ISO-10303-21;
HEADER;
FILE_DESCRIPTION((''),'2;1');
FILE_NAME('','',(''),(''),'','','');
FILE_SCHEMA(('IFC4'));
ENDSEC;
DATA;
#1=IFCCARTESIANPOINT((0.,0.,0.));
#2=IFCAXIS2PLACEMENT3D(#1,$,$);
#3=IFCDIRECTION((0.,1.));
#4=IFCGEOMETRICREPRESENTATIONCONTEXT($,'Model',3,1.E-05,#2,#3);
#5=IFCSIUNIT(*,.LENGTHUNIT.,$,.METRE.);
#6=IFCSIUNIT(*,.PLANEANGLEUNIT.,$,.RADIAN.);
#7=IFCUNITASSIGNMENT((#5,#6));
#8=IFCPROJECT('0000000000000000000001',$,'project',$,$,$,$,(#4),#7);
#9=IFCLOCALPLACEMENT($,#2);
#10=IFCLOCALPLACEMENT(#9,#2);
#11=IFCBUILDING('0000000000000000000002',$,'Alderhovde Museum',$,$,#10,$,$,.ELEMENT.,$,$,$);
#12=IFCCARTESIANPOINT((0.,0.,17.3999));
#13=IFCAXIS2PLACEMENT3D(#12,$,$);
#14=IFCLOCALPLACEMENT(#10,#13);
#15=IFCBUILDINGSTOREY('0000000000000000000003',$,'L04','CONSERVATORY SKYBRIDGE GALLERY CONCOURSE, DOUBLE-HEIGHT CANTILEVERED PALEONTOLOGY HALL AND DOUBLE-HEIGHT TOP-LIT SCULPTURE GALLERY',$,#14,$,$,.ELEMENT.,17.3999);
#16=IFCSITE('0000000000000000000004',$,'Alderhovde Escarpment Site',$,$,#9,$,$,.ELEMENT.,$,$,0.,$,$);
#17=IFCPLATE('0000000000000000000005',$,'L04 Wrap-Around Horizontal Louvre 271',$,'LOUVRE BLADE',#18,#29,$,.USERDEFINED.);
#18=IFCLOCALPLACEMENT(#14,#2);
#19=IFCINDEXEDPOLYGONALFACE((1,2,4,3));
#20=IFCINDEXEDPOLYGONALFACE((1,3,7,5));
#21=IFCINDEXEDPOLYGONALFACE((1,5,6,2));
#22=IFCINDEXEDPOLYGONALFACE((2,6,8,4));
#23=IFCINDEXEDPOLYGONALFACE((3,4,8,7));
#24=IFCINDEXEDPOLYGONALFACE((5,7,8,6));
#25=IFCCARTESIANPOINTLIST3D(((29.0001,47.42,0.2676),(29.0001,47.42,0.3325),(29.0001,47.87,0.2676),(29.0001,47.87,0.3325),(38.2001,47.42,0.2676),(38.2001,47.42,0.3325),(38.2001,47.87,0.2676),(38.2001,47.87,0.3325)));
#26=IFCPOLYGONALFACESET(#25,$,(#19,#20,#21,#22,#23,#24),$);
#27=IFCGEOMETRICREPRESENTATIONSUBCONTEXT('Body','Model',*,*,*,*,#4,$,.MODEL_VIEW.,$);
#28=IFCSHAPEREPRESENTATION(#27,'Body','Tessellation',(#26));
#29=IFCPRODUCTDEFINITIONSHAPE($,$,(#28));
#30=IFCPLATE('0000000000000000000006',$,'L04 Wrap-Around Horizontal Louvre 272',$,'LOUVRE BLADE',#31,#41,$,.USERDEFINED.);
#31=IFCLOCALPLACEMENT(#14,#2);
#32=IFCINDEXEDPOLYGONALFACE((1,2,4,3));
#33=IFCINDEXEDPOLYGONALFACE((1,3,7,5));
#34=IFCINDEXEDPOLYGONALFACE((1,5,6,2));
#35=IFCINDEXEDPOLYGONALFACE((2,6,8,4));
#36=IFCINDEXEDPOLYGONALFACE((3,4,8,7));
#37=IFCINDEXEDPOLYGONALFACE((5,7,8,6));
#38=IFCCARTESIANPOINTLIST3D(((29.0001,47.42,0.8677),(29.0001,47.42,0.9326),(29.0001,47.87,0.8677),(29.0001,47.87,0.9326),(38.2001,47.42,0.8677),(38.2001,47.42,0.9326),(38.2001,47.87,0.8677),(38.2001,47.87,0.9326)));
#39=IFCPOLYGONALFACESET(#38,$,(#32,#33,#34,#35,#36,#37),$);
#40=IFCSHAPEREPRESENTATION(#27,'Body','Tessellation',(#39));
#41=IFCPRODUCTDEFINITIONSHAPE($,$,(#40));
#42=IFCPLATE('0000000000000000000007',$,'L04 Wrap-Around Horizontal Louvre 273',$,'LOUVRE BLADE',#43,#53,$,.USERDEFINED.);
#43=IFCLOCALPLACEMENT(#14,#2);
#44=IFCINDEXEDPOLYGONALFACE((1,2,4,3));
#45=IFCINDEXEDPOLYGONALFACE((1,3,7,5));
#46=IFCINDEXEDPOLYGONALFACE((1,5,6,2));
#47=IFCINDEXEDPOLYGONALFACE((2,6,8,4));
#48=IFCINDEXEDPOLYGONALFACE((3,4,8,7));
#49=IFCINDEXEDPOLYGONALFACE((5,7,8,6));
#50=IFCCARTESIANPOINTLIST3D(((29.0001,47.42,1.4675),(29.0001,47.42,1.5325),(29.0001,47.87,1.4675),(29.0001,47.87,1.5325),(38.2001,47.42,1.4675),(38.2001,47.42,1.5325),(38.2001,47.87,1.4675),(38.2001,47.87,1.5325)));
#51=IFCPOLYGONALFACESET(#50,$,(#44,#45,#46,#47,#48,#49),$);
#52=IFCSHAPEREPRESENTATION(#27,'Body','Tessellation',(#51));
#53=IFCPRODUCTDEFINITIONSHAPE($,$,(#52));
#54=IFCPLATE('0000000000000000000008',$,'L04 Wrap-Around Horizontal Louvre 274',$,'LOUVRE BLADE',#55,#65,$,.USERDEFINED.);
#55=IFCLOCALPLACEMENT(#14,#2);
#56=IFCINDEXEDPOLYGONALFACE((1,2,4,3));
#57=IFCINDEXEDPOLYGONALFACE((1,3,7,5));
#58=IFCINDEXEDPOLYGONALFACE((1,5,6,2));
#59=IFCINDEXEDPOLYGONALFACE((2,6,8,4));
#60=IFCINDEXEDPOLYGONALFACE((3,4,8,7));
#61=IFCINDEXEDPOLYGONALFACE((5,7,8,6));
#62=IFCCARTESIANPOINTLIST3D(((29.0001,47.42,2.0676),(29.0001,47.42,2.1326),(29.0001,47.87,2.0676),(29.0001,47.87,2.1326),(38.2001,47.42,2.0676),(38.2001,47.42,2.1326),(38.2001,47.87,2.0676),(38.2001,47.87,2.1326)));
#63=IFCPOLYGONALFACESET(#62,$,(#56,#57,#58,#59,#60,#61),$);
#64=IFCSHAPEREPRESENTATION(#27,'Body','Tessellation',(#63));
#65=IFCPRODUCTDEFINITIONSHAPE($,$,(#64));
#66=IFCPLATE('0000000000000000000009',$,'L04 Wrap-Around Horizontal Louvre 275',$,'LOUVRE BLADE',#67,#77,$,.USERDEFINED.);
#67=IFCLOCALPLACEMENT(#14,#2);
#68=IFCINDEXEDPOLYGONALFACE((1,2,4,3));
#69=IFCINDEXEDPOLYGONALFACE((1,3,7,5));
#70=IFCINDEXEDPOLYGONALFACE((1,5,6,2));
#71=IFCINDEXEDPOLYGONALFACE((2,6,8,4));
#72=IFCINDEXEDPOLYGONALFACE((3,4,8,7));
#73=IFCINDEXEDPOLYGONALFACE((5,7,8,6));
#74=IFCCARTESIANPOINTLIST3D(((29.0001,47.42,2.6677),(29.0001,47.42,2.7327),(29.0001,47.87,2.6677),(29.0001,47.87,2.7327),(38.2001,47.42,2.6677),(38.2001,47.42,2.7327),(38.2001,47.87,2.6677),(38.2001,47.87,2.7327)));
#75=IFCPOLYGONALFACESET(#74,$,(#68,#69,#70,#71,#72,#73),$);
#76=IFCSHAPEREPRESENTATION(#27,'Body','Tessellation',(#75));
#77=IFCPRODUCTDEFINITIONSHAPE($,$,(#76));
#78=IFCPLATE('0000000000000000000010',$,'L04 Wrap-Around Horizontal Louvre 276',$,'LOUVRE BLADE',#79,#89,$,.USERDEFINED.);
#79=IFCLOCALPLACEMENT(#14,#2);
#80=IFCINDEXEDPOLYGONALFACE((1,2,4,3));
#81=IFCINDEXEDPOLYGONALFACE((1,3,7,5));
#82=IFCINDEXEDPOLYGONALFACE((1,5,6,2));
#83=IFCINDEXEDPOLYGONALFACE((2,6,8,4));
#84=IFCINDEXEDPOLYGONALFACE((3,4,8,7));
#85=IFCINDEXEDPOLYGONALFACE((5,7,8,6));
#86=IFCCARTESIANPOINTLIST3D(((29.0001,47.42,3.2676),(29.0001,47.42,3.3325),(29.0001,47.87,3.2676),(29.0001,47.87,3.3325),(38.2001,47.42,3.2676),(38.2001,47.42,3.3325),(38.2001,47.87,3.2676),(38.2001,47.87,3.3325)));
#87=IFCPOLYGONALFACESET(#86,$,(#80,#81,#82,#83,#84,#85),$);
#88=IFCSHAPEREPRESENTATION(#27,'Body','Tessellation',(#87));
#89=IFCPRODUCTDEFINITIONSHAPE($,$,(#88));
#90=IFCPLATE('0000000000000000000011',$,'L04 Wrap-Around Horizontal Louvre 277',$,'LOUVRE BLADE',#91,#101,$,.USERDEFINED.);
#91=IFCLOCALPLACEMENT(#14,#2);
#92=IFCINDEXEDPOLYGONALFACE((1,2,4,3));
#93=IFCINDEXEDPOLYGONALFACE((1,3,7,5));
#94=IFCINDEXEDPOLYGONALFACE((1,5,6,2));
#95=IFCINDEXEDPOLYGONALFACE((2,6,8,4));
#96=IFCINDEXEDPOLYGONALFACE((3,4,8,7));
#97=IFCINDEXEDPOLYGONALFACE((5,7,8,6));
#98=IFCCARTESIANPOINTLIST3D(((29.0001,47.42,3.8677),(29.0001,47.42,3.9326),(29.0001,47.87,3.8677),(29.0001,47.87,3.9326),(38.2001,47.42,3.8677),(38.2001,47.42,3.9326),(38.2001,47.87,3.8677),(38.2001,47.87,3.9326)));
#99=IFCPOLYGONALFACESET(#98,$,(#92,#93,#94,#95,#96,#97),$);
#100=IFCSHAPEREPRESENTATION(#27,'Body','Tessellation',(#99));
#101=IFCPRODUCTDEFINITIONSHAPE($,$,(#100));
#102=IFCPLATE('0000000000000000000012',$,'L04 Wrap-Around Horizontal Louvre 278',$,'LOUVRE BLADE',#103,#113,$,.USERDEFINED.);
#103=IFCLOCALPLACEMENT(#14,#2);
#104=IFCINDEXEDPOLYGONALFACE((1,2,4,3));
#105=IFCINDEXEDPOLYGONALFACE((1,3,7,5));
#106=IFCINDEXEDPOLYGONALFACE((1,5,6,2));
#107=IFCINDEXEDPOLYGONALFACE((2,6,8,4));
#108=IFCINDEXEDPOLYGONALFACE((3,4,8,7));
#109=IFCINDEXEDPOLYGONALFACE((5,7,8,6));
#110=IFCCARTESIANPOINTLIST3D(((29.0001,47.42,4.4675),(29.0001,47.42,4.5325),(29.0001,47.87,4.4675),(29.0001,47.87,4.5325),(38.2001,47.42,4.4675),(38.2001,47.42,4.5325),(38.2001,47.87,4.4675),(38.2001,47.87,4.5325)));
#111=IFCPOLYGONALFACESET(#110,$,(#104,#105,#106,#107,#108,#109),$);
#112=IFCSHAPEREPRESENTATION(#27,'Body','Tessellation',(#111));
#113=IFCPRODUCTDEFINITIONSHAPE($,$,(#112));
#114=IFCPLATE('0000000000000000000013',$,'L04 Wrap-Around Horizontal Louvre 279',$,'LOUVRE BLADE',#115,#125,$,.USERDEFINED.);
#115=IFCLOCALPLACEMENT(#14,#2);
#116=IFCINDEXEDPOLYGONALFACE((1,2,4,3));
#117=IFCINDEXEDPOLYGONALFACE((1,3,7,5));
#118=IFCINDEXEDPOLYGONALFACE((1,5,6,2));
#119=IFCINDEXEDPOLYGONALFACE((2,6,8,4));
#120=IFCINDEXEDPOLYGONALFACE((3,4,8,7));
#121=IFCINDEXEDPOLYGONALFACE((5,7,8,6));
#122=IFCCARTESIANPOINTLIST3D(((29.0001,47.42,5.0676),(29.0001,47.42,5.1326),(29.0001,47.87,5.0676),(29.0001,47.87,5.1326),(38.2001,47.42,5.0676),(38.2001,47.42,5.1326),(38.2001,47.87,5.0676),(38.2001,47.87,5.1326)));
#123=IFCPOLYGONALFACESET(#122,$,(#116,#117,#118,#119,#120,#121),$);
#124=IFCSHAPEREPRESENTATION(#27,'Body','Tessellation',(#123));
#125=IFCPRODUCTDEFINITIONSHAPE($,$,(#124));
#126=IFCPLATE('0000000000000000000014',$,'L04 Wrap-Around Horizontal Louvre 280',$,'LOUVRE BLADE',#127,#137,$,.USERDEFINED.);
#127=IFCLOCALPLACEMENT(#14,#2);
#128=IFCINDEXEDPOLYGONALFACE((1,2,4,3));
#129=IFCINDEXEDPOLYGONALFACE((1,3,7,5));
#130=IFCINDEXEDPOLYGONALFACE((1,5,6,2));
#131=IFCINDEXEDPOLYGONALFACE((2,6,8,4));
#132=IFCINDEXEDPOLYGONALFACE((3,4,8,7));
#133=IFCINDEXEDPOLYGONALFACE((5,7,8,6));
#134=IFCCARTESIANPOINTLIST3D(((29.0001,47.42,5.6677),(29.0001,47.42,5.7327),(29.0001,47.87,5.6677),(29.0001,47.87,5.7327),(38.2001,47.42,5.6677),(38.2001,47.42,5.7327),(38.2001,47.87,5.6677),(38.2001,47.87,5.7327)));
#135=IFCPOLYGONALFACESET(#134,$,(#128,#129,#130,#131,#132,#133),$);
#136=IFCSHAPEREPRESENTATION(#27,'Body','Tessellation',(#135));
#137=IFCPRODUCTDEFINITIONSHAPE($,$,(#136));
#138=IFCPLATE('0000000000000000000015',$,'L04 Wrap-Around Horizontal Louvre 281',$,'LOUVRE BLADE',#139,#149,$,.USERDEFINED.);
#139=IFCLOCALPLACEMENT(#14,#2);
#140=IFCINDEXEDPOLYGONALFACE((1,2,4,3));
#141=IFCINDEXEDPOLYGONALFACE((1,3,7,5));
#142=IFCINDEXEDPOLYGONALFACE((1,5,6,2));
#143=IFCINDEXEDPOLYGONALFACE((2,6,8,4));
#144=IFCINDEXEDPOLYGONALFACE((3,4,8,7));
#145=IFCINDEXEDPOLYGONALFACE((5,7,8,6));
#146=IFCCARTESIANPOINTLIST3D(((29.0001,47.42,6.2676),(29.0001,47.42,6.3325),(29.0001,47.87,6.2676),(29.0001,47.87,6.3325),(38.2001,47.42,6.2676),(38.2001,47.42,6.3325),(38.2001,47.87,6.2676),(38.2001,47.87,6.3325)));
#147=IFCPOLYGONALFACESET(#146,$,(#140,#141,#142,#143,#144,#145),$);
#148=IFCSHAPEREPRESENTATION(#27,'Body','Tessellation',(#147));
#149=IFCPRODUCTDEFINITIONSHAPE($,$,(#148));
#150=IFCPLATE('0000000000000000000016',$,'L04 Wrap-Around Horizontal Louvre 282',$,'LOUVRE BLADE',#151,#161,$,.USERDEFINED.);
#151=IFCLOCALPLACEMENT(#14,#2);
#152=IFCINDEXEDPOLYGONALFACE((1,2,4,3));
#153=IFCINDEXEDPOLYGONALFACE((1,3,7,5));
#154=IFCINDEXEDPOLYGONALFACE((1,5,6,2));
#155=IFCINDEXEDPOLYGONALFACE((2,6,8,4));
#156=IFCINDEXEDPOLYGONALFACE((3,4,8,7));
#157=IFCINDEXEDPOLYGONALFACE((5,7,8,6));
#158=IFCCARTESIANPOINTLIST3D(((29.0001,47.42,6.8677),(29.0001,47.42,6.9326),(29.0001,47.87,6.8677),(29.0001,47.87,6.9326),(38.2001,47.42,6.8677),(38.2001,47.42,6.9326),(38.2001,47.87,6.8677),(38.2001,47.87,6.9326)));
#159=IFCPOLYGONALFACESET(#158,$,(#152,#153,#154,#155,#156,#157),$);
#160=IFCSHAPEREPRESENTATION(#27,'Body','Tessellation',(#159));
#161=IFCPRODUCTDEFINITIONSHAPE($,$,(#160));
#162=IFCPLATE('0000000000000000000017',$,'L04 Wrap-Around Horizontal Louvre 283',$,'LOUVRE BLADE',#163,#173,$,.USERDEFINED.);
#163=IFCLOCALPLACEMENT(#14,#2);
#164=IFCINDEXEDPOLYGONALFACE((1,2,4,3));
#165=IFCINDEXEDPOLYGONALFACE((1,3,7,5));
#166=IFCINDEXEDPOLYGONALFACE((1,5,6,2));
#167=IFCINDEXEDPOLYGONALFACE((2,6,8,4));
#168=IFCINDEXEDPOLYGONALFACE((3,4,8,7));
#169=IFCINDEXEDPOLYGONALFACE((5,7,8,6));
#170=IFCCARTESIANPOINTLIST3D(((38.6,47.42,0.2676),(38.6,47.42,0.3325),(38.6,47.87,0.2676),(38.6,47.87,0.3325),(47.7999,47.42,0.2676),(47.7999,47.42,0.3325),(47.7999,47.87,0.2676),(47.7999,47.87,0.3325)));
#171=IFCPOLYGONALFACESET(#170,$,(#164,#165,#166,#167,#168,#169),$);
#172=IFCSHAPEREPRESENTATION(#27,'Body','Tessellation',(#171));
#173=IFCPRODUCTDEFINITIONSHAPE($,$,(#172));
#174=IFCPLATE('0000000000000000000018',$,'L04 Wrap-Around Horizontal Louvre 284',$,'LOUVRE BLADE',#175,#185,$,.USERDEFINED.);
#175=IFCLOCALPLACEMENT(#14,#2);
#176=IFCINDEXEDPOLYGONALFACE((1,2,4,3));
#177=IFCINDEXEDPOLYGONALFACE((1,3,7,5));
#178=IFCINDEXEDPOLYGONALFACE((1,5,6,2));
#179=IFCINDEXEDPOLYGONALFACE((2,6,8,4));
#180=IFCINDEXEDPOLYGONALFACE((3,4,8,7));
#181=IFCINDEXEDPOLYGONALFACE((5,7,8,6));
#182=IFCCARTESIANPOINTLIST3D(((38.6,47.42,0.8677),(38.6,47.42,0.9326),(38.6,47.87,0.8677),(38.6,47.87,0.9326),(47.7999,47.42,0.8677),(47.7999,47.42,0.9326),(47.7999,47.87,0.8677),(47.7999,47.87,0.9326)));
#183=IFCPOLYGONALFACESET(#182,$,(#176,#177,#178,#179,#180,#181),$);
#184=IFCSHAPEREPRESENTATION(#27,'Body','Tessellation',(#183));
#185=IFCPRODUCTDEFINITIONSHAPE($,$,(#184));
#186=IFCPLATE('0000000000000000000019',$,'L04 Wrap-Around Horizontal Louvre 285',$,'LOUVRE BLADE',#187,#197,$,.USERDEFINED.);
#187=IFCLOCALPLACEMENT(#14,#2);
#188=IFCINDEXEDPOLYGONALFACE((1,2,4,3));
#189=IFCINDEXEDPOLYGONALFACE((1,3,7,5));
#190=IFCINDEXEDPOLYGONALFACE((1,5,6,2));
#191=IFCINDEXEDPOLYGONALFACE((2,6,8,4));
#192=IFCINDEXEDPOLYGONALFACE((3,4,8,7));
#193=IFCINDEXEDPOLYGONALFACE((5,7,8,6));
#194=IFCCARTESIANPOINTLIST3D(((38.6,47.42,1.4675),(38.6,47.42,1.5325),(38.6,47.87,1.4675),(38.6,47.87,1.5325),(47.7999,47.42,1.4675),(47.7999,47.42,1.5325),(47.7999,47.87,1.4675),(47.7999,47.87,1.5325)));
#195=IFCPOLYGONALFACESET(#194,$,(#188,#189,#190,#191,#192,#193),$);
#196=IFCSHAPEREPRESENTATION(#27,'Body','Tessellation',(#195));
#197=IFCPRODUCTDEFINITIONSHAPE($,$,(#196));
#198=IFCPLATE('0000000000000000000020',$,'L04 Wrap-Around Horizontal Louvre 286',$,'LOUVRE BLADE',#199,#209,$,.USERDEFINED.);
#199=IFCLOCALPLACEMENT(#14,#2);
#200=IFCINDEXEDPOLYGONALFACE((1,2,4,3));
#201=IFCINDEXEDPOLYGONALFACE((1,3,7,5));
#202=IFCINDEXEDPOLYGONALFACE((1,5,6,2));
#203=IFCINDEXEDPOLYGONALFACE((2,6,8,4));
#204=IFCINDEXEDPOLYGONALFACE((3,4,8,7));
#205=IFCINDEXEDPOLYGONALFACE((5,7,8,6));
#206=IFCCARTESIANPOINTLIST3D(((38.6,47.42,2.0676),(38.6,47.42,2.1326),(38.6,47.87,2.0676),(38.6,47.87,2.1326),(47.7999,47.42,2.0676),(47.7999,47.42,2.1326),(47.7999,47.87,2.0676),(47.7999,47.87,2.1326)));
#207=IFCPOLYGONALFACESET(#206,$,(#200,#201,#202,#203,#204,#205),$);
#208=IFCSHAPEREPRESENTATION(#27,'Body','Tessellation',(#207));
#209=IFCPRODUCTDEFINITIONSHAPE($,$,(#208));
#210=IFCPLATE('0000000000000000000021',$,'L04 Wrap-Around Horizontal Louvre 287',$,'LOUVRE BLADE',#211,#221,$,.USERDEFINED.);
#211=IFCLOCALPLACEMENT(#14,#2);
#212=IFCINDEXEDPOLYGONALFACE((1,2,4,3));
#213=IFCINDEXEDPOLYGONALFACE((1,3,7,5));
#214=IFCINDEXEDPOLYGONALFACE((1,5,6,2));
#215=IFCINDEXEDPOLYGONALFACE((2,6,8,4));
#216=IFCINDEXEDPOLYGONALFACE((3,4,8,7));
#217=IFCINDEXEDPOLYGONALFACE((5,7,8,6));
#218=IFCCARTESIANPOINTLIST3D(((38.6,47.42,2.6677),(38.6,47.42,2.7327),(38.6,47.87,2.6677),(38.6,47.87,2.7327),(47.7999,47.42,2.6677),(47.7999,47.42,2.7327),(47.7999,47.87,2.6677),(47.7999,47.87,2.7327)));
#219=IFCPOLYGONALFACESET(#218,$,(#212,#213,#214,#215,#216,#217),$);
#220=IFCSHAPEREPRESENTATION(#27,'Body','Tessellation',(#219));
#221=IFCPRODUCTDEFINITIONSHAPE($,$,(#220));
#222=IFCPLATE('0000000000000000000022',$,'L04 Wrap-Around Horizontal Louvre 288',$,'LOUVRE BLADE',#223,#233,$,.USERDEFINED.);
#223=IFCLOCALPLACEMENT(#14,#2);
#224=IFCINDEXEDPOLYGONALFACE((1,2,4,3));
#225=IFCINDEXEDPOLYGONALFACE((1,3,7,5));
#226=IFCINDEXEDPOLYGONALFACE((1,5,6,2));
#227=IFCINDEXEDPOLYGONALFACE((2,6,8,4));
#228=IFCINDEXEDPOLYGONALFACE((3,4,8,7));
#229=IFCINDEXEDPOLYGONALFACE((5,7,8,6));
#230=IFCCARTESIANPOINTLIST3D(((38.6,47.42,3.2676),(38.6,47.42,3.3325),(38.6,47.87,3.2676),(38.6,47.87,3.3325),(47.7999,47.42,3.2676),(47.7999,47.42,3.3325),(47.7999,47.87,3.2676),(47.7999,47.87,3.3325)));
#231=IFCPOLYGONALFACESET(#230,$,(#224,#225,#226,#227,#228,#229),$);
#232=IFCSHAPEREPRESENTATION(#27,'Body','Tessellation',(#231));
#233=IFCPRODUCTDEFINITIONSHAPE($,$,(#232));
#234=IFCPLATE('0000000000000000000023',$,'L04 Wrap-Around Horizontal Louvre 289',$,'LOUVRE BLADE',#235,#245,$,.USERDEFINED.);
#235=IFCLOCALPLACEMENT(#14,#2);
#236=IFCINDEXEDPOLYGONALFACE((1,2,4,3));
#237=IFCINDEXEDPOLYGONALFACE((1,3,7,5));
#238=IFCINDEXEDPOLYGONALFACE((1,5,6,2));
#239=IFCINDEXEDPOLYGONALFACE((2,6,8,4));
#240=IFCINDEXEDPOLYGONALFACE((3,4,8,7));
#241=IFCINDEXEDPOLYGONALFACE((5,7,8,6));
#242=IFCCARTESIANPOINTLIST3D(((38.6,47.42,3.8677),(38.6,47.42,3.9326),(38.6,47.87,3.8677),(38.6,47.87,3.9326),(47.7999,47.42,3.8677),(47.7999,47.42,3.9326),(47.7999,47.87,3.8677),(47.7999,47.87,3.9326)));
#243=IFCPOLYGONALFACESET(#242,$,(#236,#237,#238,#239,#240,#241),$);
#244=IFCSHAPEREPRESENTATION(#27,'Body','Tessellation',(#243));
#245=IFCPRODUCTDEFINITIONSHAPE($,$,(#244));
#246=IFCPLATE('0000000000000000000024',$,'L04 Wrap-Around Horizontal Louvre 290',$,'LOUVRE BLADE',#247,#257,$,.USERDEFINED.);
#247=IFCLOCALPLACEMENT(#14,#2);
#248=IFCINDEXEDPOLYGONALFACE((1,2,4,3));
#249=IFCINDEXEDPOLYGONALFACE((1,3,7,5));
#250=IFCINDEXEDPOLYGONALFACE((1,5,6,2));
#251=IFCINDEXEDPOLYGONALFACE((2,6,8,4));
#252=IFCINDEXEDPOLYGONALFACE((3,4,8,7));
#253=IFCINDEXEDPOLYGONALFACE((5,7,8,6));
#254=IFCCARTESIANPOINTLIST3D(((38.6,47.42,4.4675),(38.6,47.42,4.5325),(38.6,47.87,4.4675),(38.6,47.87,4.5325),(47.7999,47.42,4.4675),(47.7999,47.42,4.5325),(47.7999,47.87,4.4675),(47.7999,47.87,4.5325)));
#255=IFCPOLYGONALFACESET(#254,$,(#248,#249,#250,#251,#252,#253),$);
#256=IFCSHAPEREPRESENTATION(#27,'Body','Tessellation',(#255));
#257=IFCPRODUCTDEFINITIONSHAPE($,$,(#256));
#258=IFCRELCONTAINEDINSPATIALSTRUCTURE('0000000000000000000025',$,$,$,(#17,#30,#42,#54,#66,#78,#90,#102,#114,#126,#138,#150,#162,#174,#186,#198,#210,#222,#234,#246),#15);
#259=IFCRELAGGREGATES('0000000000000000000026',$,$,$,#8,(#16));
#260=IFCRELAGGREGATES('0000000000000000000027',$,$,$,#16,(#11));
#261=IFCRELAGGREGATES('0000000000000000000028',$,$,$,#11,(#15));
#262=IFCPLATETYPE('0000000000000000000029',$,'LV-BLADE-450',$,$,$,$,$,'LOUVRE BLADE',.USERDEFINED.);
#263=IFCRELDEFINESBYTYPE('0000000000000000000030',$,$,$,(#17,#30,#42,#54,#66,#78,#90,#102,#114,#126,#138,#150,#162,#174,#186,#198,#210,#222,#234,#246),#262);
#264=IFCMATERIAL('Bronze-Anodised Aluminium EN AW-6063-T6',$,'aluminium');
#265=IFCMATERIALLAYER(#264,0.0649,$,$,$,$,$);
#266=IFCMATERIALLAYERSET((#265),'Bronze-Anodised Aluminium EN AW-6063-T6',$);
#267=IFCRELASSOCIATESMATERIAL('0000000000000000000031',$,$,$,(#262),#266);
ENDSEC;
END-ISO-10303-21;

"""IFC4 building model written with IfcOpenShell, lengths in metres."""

from ifc_helpers import new_model, si_unit, direction, frame, origin, origin_2d, place, context, subcontext, project, spatial, rectangle, extrude, material, layer, layer_set, type_object, element, save


model = new_model("IFC4")

# Units and contexts
model_context = context("Model", 3, precision=1e-05, world=origin(), true_north=direction((0.0, 1.0)))
body_context = subcontext(model_context, "Body", "Model", "MODEL_VIEW")
ifc_project = project(units=[si_unit("LENGTHUNIT", "METRE"), si_unit("PLANEANGLEUNIT", "RADIAN")], contexts=[model_context])

# Site, building, storey
site_placement = place(None, origin())
site = spatial("IfcSite", under=ifc_project, at=site_placement, Name="Alderhovde Escarpment Site", CompositionType="ELEMENT", RefElevation=0.0)
building_placement = place(site_placement, origin())
building = spatial("IfcBuilding", under=site, at=building_placement, Name="Alderhovde Museum", CompositionType="ELEMENT")
storey_placement = place(building_placement, frame((0.0, 0.0, 17.3999)))
storey = spatial("IfcBuildingStorey", under=building, at=storey_placement, Name="L04", Description="CONSERVATORY SKYBRIDGE GALLERY CONCOURSE, DOUBLE-HEIGHT CANTILEVERED PALEONTOLOGY HALL AND DOUBLE-HEIGHT TOP-LIT SCULPTURE GALLERY", CompositionType="ELEMENT", Elevation=17.3999)

# Plates
ifc_material_1 = material(Name="Bronze-Anodised Aluminium EN AW-6063-T6", Category="aluminium")
ifc_layer_1 = layer(ifc_material_1, 0.0649)
ifc_layer_set_1 = layer_set([ifc_layer_1], Name="Bronze-Anodised Aluminium EN AW-6063-T6")
plate_type_1 = type_object("IfcPlateType", Name="LV-BLADE-450", ElementType="LOUVRE BLADE", PredefinedType="USERDEFINED", material=ifc_layer_set_1)
for number, where, z_axis, x_axis, name in (
    (1, (33.6001, 47.645, 0.2676), (0.0, 0.0, 1.0), (1.0, 0.0, 0.0), "L04 Wrap-Around Horizontal Louvre 271"),
    (2, (33.6001, 47.645, 0.8677), (0.0, 0.0, 1.0), (1.0, 0.0, 0.0), "L04 Wrap-Around Horizontal Louvre 272"),
    (3, (33.6001, 47.645, 1.4675), (0.0, 0.0, 1.0), (1.0, 0.0, 0.0), "L04 Wrap-Around Horizontal Louvre 273"),
    (4, (33.6001, 47.645, 2.0676), (0.0, 0.0, 1.0), (1.0, 0.0, 0.0), "L04 Wrap-Around Horizontal Louvre 274"),
    (5, (33.6001, 47.645, 2.6677), (0.0, 0.0, 1.0), (1.0, 0.0, 0.0), "L04 Wrap-Around Horizontal Louvre 275"),
    (6, (33.6001, 47.645, 3.2676), (0.0, 0.0, 1.0), (1.0, 0.0, 0.0), "L04 Wrap-Around Horizontal Louvre 276"),
    (7, (33.6001, 47.645, 3.8677), (0.0, 0.0, 1.0), (1.0, 0.0, 0.0), "L04 Wrap-Around Horizontal Louvre 277"),
    (8, (33.6001, 47.645, 4.4675), (0.0, 0.0, 1.0), (1.0, 0.0, 0.0), "L04 Wrap-Around Horizontal Louvre 278"),
    (9, (33.6001, 47.645, 5.0676), (0.0, 0.0, 1.0), (1.0, 0.0, 0.0), "L04 Wrap-Around Horizontal Louvre 279"),
    (10, (33.6001, 47.645, 5.6677), (0.0, 0.0, 1.0), (1.0, 0.0, 0.0), "L04 Wrap-Around Horizontal Louvre 280"),
    (11, (33.6001, 47.645, 6.2676), (0.0, 0.0, 1.0), (1.0, 0.0, 0.0), "L04 Wrap-Around Horizontal Louvre 281"),
    (12, (33.6001, 47.645, 6.8677), (0.0, 0.0, 1.0), (1.0, 0.0, 0.0), "L04 Wrap-Around Horizontal Louvre 282"),
    (13, (43.2, 47.645, 0.2676), (0.0, 0.0, 1.0), (1.0, 0.0, 0.0), "L04 Wrap-Around Horizontal Louvre 283"),
    (14, (43.2, 47.645, 0.8677), (0.0, 0.0, 1.0), (1.0, 0.0, 0.0), "L04 Wrap-Around Horizontal Louvre 284"),
    (15, (43.2, 47.645, 1.4675), (0.0, 0.0, 1.0), (1.0, 0.0, 0.0), "L04 Wrap-Around Horizontal Louvre 285"),
    (16, (43.2, 47.645, 2.0676), (0.0, 0.0, 1.0), (1.0, 0.0, 0.0), "L04 Wrap-Around Horizontal Louvre 286"),
    (17, (43.2, 47.645, 2.6677), (0.0, 0.0, 1.0), (1.0, 0.0, 0.0), "L04 Wrap-Around Horizontal Louvre 287"),
    (18, (43.2, 47.645, 3.2676), (0.0, 0.0, 1.0), (1.0, 0.0, 0.0), "L04 Wrap-Around Horizontal Louvre 288"),
    (19, (43.2, 47.645, 3.8677), (0.0, 0.0, 1.0), (1.0, 0.0, 0.0), "L04 Wrap-Around Horizontal Louvre 289"),
    (20, (43.2, 47.645, 4.4675), (0.0, 0.0, 1.0), (1.0, 0.0, 0.0), "L04 Wrap-Around Horizontal Louvre 290"),
):
    element("IfcPlate", number, at=place(storey_placement, frame(where, z_axis=z_axis, x_axis=x_axis)), inside=storey, type_object=plate_type_1, Name=name, ObjectType="LOUVRE BLADE", PredefinedType="USERDEFINED", context=body_context, shape_type="SweptSolid", body=[
        extrude(rectangle(XDim=9.2, YDim=0.45, at=origin_2d()), origin(), (0.0, 0.0, 1.0), 0.0649),
    ])

save(model, "model.ifc")
